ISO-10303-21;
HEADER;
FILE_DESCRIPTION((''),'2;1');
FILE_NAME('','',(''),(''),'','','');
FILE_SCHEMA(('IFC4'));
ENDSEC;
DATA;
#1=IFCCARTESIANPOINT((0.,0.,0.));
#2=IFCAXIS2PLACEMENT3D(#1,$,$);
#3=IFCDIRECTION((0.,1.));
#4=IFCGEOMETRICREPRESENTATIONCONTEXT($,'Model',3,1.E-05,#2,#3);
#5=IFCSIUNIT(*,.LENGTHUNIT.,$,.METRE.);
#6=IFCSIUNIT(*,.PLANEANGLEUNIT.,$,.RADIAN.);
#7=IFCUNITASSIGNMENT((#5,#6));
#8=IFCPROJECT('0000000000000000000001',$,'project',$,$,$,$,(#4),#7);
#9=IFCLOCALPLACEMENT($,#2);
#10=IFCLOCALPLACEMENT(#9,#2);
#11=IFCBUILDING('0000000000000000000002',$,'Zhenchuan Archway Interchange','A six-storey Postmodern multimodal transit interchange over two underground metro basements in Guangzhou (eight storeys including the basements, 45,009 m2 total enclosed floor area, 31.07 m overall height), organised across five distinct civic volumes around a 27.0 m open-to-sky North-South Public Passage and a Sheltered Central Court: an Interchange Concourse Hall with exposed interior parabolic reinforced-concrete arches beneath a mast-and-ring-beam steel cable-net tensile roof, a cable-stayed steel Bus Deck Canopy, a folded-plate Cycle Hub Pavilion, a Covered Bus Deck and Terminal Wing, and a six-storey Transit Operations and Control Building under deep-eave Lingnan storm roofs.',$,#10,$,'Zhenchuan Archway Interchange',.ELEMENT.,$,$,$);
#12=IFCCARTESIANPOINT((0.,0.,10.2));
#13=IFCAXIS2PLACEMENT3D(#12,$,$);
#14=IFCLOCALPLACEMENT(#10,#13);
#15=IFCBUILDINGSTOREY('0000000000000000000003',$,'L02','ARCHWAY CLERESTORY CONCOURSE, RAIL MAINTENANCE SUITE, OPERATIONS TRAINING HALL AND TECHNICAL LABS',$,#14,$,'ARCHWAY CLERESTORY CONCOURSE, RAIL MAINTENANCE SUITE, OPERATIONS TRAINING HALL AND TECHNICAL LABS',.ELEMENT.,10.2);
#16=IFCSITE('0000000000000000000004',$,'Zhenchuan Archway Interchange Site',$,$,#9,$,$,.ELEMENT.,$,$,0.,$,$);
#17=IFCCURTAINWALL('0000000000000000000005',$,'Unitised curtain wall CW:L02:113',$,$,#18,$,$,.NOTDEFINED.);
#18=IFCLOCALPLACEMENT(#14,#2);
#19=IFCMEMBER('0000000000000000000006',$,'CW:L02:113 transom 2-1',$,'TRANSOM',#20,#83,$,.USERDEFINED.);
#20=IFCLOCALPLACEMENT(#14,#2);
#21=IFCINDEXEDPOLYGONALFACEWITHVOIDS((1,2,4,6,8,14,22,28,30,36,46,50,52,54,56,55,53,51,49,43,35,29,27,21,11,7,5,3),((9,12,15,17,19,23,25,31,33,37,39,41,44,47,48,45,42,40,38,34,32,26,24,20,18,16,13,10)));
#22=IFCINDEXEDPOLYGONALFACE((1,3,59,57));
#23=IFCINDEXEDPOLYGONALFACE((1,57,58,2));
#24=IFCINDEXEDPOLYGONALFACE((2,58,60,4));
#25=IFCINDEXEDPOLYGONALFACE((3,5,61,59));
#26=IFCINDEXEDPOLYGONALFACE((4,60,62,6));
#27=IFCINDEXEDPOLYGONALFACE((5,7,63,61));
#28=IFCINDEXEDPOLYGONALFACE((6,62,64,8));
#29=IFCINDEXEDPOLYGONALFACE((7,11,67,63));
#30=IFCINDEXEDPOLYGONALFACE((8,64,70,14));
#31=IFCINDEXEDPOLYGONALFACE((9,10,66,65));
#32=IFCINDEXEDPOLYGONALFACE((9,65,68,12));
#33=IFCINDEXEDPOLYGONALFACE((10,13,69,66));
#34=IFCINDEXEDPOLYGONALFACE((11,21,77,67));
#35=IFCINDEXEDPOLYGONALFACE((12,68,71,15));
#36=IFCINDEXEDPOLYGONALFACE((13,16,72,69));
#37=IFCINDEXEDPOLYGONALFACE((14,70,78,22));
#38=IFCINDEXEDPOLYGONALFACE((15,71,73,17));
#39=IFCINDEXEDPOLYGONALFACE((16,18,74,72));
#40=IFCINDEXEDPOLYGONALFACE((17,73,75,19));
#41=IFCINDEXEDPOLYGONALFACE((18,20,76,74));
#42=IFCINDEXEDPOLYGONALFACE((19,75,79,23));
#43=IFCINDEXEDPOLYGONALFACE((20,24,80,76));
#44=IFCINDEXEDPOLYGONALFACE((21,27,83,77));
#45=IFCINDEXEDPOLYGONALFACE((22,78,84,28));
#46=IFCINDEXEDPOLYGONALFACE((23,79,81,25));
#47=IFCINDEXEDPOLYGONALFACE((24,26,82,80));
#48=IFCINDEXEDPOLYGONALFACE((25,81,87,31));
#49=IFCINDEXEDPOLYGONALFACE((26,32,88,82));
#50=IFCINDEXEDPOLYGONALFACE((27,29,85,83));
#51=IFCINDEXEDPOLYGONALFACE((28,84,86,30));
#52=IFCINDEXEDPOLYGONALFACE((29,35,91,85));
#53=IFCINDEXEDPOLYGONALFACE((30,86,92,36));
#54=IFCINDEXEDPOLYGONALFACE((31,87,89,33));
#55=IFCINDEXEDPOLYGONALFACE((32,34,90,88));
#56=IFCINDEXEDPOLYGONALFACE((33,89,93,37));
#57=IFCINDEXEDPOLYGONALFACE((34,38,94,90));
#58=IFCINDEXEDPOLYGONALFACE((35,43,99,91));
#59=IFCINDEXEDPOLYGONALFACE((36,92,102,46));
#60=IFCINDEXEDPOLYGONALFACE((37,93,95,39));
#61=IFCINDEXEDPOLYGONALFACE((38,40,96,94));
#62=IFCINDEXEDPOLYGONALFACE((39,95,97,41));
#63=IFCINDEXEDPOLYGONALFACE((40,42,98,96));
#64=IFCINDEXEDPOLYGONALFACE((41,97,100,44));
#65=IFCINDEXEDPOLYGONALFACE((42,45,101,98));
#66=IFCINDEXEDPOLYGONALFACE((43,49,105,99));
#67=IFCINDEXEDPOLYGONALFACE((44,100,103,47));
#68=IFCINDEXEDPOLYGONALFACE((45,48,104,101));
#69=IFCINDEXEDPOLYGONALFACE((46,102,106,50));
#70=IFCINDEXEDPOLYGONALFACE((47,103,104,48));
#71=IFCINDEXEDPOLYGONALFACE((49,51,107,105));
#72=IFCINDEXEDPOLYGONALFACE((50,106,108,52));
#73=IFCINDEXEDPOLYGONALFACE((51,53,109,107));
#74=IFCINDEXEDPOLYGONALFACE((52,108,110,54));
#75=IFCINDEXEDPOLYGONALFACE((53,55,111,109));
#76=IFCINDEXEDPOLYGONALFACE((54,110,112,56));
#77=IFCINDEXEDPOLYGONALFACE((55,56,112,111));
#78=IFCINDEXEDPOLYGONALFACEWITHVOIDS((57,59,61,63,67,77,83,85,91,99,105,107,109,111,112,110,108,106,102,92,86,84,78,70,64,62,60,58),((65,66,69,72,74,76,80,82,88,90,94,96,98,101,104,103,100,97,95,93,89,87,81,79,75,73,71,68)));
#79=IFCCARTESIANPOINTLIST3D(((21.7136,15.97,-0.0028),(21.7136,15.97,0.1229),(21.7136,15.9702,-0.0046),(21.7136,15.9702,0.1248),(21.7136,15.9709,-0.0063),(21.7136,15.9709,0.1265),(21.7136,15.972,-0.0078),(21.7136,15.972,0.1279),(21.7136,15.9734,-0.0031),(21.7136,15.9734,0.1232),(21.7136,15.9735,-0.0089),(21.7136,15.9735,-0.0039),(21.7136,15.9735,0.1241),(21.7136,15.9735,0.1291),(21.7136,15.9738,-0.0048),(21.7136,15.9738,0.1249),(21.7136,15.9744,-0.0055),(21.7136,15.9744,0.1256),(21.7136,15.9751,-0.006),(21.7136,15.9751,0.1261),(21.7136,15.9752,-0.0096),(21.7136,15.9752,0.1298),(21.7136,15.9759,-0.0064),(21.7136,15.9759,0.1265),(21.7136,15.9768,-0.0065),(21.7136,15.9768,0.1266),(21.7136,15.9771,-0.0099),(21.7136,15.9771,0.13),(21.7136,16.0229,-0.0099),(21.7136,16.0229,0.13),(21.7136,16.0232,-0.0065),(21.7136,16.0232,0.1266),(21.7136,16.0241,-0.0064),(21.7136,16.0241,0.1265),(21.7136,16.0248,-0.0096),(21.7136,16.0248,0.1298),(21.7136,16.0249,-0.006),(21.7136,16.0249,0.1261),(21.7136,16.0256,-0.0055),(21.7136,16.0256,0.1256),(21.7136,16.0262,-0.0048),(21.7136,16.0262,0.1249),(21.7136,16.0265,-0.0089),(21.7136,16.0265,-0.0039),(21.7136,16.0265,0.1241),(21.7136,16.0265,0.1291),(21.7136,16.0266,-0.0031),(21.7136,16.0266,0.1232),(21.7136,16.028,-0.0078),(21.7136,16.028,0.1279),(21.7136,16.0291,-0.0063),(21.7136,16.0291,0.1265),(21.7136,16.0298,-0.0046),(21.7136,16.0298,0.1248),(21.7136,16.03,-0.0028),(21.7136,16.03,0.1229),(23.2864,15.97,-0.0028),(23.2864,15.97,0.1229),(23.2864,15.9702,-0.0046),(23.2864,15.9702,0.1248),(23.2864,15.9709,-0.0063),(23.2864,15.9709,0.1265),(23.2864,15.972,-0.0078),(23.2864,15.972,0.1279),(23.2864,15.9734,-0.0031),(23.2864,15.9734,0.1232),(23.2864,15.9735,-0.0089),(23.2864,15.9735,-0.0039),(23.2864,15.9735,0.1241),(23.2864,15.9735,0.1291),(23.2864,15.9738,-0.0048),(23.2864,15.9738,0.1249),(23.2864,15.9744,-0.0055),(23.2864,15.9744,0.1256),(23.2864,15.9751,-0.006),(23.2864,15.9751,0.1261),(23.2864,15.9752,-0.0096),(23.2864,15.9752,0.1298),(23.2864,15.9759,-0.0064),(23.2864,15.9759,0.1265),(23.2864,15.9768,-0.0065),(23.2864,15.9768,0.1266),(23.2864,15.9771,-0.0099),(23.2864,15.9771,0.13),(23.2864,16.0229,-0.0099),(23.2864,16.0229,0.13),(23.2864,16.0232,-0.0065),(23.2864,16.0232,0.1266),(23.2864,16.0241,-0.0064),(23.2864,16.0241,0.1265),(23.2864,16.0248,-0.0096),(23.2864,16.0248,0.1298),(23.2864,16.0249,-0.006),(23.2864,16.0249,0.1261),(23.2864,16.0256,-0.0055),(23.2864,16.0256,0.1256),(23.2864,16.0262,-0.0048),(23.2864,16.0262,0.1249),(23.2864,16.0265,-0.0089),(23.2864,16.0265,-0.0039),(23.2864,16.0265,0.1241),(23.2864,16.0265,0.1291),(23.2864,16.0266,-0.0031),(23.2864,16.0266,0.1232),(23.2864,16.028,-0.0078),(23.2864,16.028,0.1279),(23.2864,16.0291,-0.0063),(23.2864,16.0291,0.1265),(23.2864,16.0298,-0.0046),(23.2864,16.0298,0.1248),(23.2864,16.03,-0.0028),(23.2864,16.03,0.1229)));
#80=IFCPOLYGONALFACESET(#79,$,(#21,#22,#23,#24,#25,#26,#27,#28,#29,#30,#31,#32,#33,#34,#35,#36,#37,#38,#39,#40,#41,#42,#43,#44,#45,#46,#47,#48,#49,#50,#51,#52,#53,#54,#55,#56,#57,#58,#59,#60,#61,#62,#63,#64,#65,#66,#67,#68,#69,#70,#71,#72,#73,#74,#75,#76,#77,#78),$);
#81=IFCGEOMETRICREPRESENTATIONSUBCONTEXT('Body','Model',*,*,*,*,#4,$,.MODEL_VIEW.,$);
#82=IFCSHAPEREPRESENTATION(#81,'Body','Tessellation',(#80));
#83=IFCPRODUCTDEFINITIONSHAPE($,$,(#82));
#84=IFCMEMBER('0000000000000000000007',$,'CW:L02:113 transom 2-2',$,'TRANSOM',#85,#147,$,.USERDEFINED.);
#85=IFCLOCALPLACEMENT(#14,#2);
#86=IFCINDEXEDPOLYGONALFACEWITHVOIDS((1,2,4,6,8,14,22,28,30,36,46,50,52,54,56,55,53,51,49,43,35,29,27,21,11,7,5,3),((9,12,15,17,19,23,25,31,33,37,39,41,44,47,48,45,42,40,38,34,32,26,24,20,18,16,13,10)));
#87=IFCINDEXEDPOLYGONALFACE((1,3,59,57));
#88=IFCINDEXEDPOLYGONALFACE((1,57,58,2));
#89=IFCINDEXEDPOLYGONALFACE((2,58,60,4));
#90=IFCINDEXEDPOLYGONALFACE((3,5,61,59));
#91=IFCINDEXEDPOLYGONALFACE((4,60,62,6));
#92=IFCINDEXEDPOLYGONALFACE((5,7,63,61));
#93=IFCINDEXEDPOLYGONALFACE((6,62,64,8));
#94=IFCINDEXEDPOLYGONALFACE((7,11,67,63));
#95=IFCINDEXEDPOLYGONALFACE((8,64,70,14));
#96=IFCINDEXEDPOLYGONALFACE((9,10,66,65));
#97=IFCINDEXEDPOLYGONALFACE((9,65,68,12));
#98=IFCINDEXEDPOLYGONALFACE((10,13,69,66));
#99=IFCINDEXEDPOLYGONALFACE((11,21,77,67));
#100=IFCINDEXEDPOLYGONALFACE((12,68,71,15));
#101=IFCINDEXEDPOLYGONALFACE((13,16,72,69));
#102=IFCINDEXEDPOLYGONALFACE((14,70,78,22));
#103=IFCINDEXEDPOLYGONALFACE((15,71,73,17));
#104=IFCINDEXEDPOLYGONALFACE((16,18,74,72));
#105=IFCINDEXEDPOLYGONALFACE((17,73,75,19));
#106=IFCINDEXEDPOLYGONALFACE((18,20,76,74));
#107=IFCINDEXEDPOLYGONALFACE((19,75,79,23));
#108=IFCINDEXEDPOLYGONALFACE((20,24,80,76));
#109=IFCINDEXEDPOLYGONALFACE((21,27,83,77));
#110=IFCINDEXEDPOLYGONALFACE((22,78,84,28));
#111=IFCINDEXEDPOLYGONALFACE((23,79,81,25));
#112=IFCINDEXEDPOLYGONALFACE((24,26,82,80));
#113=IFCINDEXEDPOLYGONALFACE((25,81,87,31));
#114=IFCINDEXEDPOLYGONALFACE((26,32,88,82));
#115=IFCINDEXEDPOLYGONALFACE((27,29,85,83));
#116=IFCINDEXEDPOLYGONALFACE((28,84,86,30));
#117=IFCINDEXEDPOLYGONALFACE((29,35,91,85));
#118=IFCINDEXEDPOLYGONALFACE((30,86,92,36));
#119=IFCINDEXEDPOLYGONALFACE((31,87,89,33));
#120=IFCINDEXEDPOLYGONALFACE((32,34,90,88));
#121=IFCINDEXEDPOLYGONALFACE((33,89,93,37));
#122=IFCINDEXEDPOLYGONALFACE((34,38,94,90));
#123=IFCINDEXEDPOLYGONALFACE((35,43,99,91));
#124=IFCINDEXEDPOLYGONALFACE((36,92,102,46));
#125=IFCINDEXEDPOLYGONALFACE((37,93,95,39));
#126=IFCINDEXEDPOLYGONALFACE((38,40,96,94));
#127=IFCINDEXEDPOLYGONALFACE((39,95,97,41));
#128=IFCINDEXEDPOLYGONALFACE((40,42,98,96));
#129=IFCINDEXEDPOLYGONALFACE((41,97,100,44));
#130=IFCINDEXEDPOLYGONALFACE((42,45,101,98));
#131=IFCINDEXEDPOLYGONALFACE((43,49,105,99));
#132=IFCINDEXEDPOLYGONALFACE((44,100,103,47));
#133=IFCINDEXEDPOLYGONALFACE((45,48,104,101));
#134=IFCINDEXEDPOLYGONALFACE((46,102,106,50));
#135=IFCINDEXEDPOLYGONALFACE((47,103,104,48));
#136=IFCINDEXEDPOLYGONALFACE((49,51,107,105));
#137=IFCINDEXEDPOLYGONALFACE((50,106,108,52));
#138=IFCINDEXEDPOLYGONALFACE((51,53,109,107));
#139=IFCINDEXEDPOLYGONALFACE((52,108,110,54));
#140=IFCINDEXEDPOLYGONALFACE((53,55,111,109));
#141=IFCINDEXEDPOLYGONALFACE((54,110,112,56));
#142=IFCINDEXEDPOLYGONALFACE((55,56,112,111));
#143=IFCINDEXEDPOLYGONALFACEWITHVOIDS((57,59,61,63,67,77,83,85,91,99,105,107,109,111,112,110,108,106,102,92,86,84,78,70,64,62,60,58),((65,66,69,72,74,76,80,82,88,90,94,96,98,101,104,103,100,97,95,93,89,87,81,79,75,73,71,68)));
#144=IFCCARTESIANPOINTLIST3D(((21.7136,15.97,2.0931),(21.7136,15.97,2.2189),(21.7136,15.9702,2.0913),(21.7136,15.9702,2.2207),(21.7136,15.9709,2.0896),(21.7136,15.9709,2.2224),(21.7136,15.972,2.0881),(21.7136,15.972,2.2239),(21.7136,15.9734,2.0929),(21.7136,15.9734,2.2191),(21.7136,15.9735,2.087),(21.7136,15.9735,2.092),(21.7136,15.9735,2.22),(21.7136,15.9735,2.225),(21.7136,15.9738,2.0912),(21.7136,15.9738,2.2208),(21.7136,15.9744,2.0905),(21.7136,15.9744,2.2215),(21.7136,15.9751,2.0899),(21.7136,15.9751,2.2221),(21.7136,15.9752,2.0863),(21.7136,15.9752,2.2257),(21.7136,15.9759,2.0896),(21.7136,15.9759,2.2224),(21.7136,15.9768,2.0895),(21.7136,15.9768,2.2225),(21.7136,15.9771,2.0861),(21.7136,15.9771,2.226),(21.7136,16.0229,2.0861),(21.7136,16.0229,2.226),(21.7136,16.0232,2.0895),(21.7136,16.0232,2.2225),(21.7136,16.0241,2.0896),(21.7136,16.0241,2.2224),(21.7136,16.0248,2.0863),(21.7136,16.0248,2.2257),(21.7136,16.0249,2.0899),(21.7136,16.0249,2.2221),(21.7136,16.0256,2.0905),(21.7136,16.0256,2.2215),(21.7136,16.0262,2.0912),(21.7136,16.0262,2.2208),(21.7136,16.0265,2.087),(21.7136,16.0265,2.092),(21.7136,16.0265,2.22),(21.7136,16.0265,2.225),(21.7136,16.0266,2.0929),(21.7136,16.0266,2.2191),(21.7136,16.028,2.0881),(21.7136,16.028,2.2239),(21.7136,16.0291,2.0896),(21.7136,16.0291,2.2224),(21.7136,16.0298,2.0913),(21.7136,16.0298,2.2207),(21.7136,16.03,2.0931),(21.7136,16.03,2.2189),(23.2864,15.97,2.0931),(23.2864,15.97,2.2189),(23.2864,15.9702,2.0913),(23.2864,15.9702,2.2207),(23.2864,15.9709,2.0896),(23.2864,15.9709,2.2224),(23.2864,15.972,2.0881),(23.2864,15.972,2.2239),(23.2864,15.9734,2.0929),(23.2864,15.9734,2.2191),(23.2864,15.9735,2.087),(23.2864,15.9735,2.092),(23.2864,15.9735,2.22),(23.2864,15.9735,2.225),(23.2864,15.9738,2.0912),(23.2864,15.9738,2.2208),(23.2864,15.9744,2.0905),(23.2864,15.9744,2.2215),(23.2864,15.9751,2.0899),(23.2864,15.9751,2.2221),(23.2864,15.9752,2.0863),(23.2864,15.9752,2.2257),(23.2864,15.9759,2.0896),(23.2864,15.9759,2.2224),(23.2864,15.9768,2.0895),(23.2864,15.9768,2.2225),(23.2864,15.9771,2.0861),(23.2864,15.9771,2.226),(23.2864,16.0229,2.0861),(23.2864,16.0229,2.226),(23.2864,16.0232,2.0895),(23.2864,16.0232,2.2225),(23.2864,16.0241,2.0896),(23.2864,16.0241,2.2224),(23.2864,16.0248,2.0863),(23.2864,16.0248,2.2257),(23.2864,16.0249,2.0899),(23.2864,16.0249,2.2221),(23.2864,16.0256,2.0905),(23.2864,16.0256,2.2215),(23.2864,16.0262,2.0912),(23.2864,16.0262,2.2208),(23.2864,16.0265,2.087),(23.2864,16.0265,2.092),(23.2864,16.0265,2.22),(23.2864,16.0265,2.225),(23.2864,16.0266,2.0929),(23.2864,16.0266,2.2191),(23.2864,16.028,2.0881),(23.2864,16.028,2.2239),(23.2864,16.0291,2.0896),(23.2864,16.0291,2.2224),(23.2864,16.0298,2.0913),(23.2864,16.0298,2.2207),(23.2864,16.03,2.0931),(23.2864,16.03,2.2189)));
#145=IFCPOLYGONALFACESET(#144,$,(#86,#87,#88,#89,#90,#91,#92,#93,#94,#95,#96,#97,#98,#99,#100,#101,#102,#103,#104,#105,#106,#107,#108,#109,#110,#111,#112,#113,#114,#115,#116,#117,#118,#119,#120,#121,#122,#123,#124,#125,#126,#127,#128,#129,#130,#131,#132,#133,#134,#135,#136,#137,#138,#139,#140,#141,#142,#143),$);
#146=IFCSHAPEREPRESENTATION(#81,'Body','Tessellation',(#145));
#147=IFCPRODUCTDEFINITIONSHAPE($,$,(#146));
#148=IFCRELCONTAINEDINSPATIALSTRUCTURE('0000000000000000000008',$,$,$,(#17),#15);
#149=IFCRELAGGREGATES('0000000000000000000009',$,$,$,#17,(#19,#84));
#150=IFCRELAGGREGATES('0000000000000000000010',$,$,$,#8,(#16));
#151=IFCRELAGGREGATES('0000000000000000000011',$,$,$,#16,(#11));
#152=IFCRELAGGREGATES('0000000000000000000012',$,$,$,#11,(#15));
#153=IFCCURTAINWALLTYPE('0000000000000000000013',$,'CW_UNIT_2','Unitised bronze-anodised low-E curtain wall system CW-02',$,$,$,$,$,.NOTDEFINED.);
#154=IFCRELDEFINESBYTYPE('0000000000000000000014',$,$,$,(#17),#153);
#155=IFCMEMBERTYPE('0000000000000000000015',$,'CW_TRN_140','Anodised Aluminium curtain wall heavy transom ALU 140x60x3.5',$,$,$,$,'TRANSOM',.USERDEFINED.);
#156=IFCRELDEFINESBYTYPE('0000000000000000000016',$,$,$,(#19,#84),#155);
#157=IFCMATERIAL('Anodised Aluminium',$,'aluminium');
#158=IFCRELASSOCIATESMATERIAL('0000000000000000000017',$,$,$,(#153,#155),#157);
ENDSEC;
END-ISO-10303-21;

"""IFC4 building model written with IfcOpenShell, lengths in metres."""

from ifc_helpers import new_model, si_unit, direction, frame, origin, origin_2d, place, context, subcontext, project, spatial, hollow_rectangle, extrude, material, material_profile, profile_set, type_object, element, aggregate, save


model = new_model("IFC4")

# Units and contexts
model_context = context("Model", 3, precision=1e-05, world=origin(), true_north=direction((0.0, 1.0)))
body_context = subcontext(model_context, "Body", "Model", "MODEL_VIEW")
ifc_project = project(units=[si_unit("LENGTHUNIT", "METRE"), si_unit("PLANEANGLEUNIT", "RADIAN")], contexts=[model_context])

# Site, building, storey
site_placement = place(None, origin())
site = spatial("IfcSite", under=ifc_project, at=site_placement, Name="Zhenchuan Archway Interchange Site", CompositionType="ELEMENT", RefElevation=0.0)
building_placement = place(site_placement, origin())
building = spatial("IfcBuilding", under=site, at=building_placement, Name="Zhenchuan Archway Interchange", Description="A six-storey Postmodern multimodal transit interchange over two underground metro basements in Guangzhou (eight storeys including the basements, 45,009 m2 total enclosed floor area, 31.07 m overall height), organised across five distinct civic volumes around a 27.0 m open-to-sky North-South Public Passage and a Sheltered Central Court: an Interchange Concourse Hall with exposed interior parabolic reinforced-concrete arches beneath a mast-and-ring-beam steel cable-net tensile roof, a cable-stayed steel Bus Deck Canopy, a folded-plate Cycle Hub Pavilion, a Covered Bus Deck and Terminal Wing, and a six-storey Transit Operations and Control Building under deep-eave Lingnan storm roofs.", LongName="Zhenchuan Archway Interchange", CompositionType="ELEMENT")
storey_placement = place(building_placement, frame((0.0, 0.0, 10.2)))
storey = spatial("IfcBuildingStorey", under=building, at=storey_placement, Name="L02", Description="ARCHWAY CLERESTORY CONCOURSE, RAIL MAINTENANCE SUITE, OPERATIONS TRAINING HALL AND TECHNICAL LABS", LongName="ARCHWAY CLERESTORY CONCOURSE, RAIL MAINTENANCE SUITE, OPERATIONS TRAINING HALL AND TECHNICAL LABS", CompositionType="ELEMENT", Elevation=10.2)

# Curtain wall, members
ifc_material_1 = material(Name="Anodised Aluminium", Category="aluminium")
curtain_wall_type = type_object("IfcCurtainWallType", Name="CW_UNIT_2", Description="Unitised bronze-anodised low-E curtain wall system CW-02", PredefinedType="NOTDEFINED", material=ifc_material_1)
curtain_wall_placement = place(storey_placement, origin())
curtain_wall = element("IfcCurtainWall", 1, at=curtain_wall_placement, inside=storey, type_object=curtain_wall_type, Name="Unitised curtain wall CW:L02:113", PredefinedType="NOTDEFINED")
ifc_material_profile_1 = material_profile(ifc_material_1, hollow_rectangle(XDim=0.0601, YDim=0.1399, WallThickness=0.0034, InnerFilletRadius=0.0034, OuterFilletRadius=0.0071, at=origin_2d()), Name="ALU 140x60x3.5")
ifc_profile_set_1 = profile_set([ifc_material_profile_1], Name="Anodised Aluminium")
member_type_1 = type_object("IfcMemberType", Name="CW_TRN_140", Description="Anodised Aluminium curtain wall heavy transom ALU 140x60x3.5", ElementType="TRANSOM", PredefinedType="USERDEFINED", material=ifc_profile_set_1)
member_1_placement = place(storey_placement, frame((21.7136, 16.0, 0.0601), z_axis=(1.0, 0.0, 0.0), x_axis=(0.0, 1.0, 0.0)))
member_1 = element("IfcMember", 2, at=member_1_placement, type_object=member_type_1, Name="CW:L02:113 transom 2-1", ObjectType="TRANSOM", PredefinedType="USERDEFINED", context=body_context, shape_type="SweptSolid", body=[
    extrude(hollow_rectangle(XDim=0.0601, YDim=0.1399, WallThickness=0.0034, InnerFilletRadius=0.0034, OuterFilletRadius=0.0071, at=origin_2d()), origin(), (0.0, 0.0, 1.0), 1.5728),
])
member_2_placement = place(storey_placement, frame((21.7136, 16.0, 2.156), z_axis=(1.0, 0.0, 0.0), x_axis=(0.0, 1.0, 0.0)))
member_2 = element("IfcMember", 3, at=member_2_placement, type_object=member_type_1, Name="CW:L02:113 transom 2-2", ObjectType="TRANSOM", PredefinedType="USERDEFINED", context=body_context, shape_type="SweptSolid", body=[
    extrude(hollow_rectangle(XDim=0.0601, YDim=0.1399, WallThickness=0.0034, InnerFilletRadius=0.0034, OuterFilletRadius=0.0071, at=origin_2d()), origin(), (0.0, 0.0, 1.0), 1.5728),
])

aggregate(curtain_wall, [member_1, member_2])

save(model, "model.ifc")
